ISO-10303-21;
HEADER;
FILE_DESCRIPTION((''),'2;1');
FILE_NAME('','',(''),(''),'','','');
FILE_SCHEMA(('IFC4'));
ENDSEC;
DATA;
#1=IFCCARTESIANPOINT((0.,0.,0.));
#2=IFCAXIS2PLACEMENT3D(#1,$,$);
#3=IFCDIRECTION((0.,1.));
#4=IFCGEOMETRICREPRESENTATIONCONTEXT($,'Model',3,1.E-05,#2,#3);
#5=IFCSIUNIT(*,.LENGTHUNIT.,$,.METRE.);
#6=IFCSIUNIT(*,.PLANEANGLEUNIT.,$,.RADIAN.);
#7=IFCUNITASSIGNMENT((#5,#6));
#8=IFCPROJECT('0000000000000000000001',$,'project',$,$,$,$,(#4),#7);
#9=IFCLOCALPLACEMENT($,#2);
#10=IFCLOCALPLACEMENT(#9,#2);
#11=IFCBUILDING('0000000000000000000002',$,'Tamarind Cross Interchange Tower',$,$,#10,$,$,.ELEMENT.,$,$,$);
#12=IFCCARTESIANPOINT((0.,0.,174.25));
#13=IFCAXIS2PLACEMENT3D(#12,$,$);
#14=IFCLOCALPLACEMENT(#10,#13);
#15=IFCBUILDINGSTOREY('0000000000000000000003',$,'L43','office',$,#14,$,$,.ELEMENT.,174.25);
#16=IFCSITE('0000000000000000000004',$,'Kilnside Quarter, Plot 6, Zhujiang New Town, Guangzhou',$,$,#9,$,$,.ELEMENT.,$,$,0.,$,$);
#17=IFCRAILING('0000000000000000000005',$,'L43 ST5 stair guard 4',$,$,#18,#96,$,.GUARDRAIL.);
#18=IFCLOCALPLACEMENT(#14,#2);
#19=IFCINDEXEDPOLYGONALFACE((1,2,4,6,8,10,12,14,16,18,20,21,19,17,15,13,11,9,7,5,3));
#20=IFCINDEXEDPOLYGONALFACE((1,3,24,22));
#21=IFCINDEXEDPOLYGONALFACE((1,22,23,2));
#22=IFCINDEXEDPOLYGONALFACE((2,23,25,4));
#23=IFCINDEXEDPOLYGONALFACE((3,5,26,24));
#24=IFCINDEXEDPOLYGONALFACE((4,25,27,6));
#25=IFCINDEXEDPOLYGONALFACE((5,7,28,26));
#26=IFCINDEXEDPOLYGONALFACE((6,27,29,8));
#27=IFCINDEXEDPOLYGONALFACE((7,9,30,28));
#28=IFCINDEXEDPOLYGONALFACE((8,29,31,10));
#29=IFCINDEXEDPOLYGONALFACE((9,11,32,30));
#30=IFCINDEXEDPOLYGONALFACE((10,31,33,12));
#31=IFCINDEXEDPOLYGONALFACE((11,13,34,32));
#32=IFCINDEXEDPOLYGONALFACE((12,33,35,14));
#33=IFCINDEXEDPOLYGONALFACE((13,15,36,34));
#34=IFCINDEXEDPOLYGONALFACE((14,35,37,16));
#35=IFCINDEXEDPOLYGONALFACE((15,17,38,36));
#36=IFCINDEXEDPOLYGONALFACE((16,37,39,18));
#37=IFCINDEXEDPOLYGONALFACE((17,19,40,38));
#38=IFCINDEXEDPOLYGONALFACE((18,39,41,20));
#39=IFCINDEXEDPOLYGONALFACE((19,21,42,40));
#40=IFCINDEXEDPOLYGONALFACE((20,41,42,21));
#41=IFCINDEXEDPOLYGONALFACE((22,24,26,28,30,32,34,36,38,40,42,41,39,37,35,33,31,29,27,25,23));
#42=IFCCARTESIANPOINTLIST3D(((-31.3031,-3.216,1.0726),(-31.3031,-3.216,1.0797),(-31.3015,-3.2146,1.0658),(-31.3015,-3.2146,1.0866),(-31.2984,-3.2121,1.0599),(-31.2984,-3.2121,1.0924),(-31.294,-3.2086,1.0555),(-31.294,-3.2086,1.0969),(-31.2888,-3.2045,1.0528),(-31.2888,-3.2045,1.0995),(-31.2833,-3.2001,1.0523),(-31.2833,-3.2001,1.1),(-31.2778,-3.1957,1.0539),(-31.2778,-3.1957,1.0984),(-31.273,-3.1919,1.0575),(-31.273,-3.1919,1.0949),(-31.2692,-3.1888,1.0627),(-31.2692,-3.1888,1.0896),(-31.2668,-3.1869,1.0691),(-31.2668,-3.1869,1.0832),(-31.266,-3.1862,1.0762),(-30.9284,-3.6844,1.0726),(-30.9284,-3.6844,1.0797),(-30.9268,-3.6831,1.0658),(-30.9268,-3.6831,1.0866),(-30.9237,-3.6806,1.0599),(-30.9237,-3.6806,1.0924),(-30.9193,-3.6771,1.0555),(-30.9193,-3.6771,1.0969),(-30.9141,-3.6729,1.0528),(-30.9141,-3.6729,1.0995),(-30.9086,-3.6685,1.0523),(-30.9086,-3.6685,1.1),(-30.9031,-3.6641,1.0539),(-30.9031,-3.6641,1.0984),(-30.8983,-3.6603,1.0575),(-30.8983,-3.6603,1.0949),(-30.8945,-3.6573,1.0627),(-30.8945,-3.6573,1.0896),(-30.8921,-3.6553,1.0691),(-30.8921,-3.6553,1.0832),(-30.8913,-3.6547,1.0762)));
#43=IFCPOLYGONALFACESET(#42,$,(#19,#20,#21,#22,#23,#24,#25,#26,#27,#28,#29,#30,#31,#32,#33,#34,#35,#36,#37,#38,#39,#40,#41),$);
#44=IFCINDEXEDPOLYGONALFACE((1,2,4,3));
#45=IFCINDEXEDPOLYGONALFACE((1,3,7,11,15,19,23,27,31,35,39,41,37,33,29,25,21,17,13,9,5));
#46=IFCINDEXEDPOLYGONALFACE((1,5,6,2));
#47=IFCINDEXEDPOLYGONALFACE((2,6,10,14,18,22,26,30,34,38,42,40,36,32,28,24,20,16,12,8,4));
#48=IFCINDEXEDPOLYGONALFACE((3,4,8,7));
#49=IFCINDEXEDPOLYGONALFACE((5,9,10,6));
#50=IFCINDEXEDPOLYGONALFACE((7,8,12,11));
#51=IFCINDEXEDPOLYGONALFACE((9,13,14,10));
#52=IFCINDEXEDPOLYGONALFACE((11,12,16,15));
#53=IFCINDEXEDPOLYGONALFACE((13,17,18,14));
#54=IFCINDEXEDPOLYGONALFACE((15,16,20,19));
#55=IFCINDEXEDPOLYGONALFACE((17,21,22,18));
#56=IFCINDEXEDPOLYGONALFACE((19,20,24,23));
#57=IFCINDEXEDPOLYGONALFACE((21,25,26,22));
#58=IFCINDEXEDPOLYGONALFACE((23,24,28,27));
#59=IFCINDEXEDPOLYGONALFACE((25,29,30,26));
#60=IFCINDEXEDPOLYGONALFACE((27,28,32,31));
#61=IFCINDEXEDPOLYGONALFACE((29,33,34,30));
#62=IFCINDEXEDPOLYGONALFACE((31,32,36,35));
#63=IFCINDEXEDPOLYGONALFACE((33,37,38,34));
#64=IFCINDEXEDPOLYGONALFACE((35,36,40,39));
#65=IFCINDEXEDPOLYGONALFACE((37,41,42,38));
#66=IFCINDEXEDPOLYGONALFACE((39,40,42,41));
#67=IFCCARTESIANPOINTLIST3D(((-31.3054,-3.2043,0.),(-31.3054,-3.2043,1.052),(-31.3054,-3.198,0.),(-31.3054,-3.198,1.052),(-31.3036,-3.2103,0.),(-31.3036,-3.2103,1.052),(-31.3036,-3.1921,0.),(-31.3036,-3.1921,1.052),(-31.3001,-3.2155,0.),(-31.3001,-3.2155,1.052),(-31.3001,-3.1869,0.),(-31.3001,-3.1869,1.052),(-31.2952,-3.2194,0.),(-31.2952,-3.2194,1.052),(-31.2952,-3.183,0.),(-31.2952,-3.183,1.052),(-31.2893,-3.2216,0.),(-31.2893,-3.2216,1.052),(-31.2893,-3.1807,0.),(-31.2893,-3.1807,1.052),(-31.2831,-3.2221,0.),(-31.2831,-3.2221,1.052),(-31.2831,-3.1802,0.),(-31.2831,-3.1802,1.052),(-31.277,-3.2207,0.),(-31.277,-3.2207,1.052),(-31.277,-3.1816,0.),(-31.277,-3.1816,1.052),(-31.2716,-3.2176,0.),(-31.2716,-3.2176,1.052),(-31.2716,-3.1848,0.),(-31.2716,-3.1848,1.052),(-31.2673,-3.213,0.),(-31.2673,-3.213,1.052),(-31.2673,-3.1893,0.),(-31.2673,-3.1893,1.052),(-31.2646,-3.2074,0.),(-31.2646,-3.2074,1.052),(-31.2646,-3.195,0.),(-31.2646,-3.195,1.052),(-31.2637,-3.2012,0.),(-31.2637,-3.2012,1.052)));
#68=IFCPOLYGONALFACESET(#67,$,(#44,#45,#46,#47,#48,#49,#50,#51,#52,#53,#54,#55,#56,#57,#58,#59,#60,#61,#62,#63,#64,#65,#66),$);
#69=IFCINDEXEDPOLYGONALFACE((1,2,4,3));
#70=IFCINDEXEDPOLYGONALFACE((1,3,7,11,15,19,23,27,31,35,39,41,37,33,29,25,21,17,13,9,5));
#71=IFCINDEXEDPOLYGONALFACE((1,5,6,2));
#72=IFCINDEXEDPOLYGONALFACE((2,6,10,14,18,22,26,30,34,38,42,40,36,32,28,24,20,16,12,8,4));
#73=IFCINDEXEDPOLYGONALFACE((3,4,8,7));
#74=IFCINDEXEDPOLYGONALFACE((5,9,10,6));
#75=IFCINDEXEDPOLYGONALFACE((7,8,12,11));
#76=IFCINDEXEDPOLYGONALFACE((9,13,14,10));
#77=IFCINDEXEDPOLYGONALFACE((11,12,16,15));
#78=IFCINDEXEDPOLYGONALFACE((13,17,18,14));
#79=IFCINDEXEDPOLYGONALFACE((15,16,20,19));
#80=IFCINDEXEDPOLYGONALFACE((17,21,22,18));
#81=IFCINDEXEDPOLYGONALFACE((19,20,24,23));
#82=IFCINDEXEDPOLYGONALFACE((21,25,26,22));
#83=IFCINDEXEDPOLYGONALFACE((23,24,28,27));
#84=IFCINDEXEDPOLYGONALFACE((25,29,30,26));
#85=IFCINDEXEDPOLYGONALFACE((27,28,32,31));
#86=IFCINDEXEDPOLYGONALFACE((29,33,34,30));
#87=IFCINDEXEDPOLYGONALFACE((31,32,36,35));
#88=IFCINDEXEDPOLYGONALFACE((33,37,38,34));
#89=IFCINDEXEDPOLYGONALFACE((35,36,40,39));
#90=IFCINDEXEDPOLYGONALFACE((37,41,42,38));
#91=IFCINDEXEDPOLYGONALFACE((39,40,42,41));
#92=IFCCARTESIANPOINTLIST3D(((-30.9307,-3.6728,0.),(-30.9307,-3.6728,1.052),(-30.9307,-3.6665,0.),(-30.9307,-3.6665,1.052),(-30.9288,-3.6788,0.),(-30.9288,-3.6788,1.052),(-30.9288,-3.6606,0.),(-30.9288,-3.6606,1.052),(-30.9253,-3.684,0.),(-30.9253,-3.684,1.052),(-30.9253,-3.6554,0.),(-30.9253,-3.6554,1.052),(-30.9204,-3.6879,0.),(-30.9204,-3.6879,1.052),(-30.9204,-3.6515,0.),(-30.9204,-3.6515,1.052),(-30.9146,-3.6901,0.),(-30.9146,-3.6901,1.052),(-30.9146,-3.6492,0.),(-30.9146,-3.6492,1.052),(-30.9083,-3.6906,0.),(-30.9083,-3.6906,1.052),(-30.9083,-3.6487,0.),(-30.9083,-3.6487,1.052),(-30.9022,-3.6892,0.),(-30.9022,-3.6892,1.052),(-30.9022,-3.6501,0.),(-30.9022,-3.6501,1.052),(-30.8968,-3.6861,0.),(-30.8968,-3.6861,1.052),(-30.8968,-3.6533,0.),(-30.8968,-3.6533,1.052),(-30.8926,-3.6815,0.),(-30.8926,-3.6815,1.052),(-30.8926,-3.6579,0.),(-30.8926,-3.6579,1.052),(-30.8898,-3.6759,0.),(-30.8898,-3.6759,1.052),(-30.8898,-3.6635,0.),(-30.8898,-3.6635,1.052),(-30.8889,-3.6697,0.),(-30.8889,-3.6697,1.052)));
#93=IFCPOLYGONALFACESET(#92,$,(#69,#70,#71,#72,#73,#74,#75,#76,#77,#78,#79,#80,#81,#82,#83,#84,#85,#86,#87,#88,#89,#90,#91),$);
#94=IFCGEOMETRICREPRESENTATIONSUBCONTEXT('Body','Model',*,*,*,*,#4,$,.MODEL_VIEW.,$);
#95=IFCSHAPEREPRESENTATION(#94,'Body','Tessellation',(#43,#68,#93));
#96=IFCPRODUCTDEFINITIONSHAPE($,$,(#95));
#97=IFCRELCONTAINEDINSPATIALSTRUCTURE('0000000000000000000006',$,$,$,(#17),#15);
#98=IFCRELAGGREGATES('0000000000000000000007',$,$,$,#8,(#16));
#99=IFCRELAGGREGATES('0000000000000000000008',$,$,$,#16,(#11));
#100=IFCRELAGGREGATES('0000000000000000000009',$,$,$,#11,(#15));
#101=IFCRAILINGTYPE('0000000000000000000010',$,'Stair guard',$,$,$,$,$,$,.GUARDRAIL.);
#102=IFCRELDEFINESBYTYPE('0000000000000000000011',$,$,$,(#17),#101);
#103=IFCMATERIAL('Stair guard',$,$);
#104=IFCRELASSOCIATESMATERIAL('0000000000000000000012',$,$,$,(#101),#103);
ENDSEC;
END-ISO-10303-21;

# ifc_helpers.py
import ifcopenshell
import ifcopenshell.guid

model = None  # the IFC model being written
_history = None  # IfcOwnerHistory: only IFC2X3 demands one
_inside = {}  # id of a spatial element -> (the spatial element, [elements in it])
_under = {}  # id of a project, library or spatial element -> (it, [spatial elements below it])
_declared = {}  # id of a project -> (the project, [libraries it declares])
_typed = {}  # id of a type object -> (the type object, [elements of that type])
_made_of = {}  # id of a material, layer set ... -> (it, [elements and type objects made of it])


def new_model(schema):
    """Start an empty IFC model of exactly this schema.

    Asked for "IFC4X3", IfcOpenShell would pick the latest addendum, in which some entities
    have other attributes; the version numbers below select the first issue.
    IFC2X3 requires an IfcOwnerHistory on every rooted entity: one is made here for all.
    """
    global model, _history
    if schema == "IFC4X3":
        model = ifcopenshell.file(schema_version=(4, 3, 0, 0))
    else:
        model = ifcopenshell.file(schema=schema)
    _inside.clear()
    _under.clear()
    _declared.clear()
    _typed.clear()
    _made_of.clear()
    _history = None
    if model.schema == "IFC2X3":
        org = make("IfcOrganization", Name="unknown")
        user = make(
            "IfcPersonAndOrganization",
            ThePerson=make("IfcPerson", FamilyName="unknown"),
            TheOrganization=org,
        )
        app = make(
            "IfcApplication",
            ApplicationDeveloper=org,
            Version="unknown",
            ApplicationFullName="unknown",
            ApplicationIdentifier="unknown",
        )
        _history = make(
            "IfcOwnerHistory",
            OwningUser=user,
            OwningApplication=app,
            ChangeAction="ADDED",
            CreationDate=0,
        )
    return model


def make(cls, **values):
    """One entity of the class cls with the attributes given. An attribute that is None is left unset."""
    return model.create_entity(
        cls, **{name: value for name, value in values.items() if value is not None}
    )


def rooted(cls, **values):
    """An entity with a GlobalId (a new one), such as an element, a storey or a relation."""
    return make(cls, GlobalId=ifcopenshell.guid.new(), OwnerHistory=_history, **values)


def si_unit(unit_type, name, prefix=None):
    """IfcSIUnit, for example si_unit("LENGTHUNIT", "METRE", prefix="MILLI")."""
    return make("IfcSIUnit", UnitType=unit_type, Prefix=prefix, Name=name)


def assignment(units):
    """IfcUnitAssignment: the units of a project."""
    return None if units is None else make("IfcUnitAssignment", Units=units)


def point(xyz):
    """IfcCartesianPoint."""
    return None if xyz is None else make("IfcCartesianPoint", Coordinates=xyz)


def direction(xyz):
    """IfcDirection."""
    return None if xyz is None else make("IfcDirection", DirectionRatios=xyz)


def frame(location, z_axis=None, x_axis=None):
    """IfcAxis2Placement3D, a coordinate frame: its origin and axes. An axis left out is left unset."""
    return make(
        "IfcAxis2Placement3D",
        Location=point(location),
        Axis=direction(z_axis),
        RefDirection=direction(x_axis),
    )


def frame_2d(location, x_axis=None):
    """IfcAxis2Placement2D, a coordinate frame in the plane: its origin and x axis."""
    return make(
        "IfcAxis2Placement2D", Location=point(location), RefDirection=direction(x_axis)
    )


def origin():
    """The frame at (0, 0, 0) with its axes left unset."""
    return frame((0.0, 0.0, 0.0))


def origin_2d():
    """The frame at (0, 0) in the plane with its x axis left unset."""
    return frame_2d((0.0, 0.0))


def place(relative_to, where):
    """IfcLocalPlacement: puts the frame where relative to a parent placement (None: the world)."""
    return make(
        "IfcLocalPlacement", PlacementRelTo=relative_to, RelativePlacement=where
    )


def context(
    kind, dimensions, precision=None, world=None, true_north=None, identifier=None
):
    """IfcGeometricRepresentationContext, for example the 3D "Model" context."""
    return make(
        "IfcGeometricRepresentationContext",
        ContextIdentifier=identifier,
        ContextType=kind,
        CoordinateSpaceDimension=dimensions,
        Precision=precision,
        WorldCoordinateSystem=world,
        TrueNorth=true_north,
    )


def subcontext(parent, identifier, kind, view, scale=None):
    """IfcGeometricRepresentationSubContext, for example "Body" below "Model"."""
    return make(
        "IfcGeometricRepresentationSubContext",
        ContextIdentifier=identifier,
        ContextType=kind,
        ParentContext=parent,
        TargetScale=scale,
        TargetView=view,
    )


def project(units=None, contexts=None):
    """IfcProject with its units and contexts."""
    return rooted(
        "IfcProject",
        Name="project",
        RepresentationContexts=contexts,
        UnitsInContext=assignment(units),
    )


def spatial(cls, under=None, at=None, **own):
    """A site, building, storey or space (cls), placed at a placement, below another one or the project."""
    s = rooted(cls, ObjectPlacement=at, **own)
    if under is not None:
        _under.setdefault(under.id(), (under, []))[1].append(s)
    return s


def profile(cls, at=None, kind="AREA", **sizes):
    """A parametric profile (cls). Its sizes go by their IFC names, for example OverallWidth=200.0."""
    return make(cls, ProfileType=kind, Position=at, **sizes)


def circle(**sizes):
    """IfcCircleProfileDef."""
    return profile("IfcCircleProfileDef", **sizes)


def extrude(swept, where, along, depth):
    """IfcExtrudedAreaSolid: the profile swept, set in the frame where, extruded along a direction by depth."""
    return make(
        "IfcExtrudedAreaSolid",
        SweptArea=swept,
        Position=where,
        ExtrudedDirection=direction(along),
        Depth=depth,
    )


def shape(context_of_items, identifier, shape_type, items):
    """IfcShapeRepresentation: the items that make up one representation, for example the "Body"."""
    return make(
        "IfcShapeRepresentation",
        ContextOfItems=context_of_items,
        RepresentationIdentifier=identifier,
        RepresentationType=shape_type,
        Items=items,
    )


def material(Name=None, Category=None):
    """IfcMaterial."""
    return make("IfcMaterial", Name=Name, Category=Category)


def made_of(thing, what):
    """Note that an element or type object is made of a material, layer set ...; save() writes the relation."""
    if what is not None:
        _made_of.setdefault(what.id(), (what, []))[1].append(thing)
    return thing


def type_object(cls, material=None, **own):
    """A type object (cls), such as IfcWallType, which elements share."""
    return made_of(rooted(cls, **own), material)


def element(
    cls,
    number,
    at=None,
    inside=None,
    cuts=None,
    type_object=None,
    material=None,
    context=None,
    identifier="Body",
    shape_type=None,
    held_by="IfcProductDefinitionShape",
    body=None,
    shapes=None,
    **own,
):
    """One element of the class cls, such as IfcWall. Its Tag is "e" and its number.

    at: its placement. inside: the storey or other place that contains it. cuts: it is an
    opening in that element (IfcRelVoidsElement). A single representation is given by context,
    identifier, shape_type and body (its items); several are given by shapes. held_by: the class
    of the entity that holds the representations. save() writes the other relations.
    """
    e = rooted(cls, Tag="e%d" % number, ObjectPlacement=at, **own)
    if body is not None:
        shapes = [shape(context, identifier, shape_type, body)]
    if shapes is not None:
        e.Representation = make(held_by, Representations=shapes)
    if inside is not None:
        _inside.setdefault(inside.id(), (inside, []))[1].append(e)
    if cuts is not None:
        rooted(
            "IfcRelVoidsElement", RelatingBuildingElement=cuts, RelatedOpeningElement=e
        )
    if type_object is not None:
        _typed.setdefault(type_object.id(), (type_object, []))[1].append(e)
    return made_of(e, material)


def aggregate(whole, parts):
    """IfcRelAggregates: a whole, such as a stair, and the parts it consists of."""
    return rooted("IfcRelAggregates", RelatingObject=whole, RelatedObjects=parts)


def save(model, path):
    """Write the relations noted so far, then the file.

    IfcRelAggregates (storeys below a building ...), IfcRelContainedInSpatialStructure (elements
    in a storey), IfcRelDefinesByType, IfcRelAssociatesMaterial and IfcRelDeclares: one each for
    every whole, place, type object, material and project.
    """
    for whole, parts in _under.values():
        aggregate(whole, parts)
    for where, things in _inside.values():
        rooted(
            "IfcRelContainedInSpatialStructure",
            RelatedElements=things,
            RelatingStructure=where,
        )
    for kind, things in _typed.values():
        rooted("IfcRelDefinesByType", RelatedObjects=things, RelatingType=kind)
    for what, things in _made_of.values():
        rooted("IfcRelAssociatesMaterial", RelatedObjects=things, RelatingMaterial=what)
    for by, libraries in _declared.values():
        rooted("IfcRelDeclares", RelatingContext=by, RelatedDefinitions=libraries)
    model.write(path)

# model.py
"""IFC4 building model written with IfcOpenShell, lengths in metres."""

from ifc_helpers import new_model, si_unit, direction, frame, origin, origin_2d, place, context, subcontext, project, spatial, circle, extrude, material, type_object, element, save


model = new_model("IFC4")

# Units and contexts
model_context = context("Model", 3, precision=1e-05, world=origin(), true_north=direction((0.0, 1.0)))
body_context = subcontext(model_context, "Body", "Model", "MODEL_VIEW")
ifc_project = project(units=[si_unit("LENGTHUNIT", "METRE"), si_unit("PLANEANGLEUNIT", "RADIAN")], contexts=[model_context])

# Site, building, storey
site_placement = place(None, origin())
site = spatial("IfcSite", under=ifc_project, at=site_placement, Name="Kilnside Quarter, Plot 6, Zhujiang New Town, Guangzhou", CompositionType="ELEMENT", RefElevation=0.0)
building_placement = place(site_placement, origin())
building = spatial("IfcBuilding", under=site, at=building_placement, Name="Tamarind Cross Interchange Tower", CompositionType="ELEMENT")
storey_placement = place(building_placement, frame((0.0, 0.0, 174.25)))
storey = spatial("IfcBuildingStorey", under=building, at=storey_placement, Name="L43", Description="office", CompositionType="ELEMENT", Elevation=174.25)

# Railing
ifc_material_1 = material(Name="Stair guard")
railing_type = type_object("IfcRailingType", Name="Stair guard", PredefinedType="GUARDRAIL", material=ifc_material_1)
railing_1_placement = place(storey_placement, frame((-31.2847, -3.2012, 0.0)))
element("IfcRailing", 1, at=railing_1_placement, inside=storey, type_object=railing_type, Name="L43 ST5 stair guard 4", PredefinedType="GUARDRAIL", context=body_context, shape_type="SweptSolid", body=[
    extrude(circle(Radius=0.0239, at=origin_2d()), frame((0.0, 0.0, 1.0762), z_axis=(0.624645, -0.780909, 0.0), x_axis=(0.780909, 0.624645, 0.0)), (0.0, 0.0, 1.0), 0.5999),
    extrude(circle(Radius=0.021, at=origin_2d()), origin(), (0.0, 0.0, 1.0), 1.052),
    extrude(circle(Radius=0.021, at=origin_2d()), frame((0.3748, -0.4685, 0.0)), (0.0, 0.0, 1.0), 1.052),
])

save(model, "model.ifc")
